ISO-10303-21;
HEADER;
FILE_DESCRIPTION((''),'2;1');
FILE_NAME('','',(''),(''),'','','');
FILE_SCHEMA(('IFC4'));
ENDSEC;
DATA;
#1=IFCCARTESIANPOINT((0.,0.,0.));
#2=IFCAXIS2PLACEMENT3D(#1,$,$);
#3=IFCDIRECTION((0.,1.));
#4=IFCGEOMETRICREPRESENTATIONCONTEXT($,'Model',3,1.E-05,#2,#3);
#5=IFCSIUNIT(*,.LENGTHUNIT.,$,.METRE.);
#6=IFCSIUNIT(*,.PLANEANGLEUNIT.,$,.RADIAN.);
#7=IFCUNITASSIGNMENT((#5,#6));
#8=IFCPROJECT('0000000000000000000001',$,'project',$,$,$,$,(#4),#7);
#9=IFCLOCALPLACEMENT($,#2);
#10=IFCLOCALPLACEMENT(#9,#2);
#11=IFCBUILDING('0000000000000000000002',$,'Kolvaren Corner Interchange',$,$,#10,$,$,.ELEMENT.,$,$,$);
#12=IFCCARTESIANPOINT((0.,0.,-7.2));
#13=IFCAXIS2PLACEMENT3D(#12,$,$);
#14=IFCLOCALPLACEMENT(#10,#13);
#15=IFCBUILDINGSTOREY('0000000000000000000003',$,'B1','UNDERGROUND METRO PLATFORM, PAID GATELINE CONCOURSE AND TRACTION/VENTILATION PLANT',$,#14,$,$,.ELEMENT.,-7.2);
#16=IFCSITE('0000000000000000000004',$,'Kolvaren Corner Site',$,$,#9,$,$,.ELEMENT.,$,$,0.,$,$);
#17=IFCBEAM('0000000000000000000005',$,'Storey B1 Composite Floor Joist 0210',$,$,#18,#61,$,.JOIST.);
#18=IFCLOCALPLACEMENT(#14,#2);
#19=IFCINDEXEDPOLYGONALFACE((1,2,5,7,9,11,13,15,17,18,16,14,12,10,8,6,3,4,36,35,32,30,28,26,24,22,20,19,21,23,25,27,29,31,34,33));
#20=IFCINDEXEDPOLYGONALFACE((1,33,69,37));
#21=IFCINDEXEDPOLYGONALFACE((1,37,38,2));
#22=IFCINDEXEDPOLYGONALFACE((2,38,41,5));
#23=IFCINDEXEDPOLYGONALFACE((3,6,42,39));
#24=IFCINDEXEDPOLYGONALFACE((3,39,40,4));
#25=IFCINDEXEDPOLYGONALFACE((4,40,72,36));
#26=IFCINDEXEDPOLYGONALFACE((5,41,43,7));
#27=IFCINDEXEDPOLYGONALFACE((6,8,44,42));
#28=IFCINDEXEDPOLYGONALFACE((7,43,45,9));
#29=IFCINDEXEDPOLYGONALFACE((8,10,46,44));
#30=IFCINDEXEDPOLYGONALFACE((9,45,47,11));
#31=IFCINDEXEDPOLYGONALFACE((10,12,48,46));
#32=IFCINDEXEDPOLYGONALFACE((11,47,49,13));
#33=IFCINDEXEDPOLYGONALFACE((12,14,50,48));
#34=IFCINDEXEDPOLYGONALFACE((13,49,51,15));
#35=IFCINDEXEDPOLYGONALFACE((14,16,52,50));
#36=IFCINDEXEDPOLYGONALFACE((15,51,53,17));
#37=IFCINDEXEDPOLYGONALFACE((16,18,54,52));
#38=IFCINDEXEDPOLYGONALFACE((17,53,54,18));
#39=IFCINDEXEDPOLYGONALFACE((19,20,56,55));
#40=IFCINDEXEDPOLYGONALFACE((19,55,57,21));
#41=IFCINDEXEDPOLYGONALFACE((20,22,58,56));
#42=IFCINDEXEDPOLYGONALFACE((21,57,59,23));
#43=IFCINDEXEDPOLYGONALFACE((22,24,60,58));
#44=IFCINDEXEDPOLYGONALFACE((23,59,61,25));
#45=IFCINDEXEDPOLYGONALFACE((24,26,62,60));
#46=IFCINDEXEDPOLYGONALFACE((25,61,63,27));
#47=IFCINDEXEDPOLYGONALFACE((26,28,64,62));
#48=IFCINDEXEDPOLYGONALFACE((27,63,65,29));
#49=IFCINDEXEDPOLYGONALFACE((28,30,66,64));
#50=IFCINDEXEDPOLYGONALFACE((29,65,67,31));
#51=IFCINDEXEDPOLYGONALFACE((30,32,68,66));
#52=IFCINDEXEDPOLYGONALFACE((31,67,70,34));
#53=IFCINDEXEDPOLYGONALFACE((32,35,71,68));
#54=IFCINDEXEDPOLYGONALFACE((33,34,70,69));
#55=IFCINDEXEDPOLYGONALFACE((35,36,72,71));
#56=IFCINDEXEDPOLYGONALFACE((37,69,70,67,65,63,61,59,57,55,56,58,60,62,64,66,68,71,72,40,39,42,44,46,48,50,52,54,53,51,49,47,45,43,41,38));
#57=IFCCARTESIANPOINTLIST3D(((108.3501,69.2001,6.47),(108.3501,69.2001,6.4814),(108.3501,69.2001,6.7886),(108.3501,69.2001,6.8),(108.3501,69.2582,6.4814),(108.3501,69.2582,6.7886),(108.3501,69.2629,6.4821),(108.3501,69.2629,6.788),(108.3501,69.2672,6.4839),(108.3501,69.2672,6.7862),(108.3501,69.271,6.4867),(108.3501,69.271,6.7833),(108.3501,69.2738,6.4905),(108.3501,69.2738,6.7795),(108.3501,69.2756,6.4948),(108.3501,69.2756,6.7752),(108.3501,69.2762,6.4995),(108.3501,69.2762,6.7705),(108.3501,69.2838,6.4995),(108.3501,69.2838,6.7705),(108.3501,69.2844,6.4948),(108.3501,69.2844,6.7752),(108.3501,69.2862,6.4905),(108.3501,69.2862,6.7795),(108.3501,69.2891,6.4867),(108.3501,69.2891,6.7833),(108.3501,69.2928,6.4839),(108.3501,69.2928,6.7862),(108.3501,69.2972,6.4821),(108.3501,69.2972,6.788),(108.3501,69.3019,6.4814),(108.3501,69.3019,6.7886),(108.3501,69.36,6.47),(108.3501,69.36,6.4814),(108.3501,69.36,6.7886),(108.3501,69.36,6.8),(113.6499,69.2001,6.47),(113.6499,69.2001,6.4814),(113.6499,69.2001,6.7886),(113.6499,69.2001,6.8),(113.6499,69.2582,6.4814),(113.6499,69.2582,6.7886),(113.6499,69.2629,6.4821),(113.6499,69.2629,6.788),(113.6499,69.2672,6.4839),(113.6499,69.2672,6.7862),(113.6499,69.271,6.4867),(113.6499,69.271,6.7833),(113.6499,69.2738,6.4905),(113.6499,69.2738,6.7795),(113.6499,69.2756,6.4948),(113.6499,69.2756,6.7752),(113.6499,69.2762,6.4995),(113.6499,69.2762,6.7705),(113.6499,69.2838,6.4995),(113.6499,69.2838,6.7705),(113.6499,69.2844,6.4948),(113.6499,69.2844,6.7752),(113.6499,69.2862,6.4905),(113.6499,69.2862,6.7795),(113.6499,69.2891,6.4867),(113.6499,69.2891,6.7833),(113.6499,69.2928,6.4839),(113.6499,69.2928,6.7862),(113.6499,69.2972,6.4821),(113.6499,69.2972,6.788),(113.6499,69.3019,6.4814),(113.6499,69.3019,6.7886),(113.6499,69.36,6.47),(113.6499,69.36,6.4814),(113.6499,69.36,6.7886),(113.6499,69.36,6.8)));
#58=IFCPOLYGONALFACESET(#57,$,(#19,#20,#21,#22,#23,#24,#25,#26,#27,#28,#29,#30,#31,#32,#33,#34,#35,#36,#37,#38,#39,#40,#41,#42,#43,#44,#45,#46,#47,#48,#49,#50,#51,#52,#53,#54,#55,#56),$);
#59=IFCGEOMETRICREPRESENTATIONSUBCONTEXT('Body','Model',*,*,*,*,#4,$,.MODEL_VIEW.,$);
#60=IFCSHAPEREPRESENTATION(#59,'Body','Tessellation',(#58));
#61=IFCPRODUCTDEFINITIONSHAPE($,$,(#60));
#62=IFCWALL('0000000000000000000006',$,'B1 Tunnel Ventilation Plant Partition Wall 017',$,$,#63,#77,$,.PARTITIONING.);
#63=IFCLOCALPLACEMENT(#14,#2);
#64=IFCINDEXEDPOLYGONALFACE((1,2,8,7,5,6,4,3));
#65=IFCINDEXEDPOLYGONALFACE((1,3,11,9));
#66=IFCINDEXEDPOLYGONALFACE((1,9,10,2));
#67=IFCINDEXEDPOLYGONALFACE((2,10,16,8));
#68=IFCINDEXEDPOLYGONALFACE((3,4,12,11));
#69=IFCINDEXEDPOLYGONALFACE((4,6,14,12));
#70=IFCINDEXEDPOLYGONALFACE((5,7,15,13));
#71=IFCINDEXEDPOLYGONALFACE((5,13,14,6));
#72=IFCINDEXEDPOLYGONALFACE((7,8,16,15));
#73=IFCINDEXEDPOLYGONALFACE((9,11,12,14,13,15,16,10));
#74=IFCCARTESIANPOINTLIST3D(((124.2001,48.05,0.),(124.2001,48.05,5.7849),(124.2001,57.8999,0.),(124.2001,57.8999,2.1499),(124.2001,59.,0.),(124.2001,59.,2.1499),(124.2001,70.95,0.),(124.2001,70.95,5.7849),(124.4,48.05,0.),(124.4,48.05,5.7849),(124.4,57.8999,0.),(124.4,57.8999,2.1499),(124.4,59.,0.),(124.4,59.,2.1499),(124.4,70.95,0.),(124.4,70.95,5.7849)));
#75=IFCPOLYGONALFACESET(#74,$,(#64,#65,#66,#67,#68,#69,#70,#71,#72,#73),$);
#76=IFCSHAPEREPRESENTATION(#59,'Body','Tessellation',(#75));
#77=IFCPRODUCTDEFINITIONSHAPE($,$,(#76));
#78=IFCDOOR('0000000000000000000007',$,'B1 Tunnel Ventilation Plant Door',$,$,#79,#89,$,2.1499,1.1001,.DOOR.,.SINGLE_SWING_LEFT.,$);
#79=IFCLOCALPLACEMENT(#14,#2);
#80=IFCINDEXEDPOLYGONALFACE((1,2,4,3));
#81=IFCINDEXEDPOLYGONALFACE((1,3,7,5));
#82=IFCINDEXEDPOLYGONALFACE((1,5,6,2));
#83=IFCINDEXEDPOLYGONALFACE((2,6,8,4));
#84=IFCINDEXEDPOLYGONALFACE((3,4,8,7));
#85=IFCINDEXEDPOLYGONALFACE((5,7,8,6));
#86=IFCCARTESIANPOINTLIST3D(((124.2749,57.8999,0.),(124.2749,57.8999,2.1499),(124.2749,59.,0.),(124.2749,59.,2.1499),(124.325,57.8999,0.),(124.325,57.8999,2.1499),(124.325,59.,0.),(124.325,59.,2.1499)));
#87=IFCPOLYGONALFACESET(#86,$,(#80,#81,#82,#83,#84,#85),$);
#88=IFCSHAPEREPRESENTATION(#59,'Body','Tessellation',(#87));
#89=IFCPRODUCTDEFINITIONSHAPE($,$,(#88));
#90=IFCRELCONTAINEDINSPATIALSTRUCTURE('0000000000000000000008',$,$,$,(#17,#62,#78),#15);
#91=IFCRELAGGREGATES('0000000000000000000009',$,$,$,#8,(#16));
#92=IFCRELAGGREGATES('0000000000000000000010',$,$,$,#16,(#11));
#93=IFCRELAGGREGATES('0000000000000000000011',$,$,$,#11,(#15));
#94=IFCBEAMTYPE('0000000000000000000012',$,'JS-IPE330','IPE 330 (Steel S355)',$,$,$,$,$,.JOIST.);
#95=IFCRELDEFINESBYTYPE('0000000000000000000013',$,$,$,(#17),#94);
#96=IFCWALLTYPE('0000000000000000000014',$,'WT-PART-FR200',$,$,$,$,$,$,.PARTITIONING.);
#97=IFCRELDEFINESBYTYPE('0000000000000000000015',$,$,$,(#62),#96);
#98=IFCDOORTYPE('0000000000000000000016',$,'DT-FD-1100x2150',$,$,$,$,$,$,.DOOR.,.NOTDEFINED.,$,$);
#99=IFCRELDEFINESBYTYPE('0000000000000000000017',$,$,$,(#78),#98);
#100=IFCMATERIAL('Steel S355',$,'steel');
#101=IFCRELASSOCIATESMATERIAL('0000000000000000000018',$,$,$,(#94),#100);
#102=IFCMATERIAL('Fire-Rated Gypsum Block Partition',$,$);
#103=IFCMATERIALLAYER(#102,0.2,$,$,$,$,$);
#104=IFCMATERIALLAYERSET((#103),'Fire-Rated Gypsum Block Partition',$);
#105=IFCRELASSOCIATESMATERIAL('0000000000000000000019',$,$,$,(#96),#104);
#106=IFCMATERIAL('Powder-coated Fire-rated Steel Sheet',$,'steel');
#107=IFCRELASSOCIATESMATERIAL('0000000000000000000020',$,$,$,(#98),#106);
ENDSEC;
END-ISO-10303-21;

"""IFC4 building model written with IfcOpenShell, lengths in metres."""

from ifc_helpers import new_model, si_unit, direction, frame, frame_2d, origin, origin_2d, place, context, subcontext, project, spatial, rectangle, i_section, extrude, material, layer, layer_set, material_profile, profile_set, type_object, element, fill, save


model = new_model("IFC4")

# Units and contexts
model_context = context("Model", 3, precision=1e-05, world=origin(), true_north=direction((0.0, 1.0)))
body_context = subcontext(model_context, "Body", "Model", "MODEL_VIEW")
ifc_project = project(units=[si_unit("LENGTHUNIT", "METRE"), si_unit("PLANEANGLEUNIT", "RADIAN")], contexts=[model_context])

# Site, building, storey
site_placement = place(None, origin())
site = spatial("IfcSite", under=ifc_project, at=site_placement, Name="Kolvaren Corner Site", CompositionType="ELEMENT", RefElevation=0.0)
building_placement = place(site_placement, origin())
building = spatial("IfcBuilding", under=site, at=building_placement, Name="Kolvaren Corner Interchange", CompositionType="ELEMENT")
storey_placement = place(building_placement, frame((0.0, 0.0, -7.2)))
storey = spatial("IfcBuildingStorey", under=building, at=storey_placement, Name="B1", Description="UNDERGROUND METRO PLATFORM, PAID GATELINE CONCOURSE AND TRACTION/VENTILATION PLANT", CompositionType="ELEMENT", Elevation=-7.2)

# Beam
ifc_material_1 = material(Name="Steel S355", Category="steel")
ifc_material_profile_1 = material_profile(ifc_material_1, i_section(OverallWidth=0.1599, OverallDepth=0.3301, WebThickness=0.0076, FlangeThickness=0.0115, FilletRadius=0.0181, at=origin_2d()), Name="IPE 330")
ifc_profile_set_1 = profile_set([ifc_material_profile_1], Name="Steel S355")
beam_type_1 = type_object("IfcBeamType", Name="JS-IPE330", Description="IPE 330 (Steel S355)", PredefinedType="JOIST", material=ifc_profile_set_1)
for number, where, z_axis, x_axis, name in (
    (1, (108.3501, 69.28, 6.635), (1.0, 0.0, 0.0), (0.0, 1.0, 0.0), "Storey B1 Composite Floor Joist 0210"),
):
    element("IfcBeam", number, at=place(storey_placement, frame(where, z_axis=z_axis, x_axis=x_axis)), inside=storey, type_object=beam_type_1, Name=name, PredefinedType="JOIST", context=body_context, shape_type="SweptSolid", body=[
        extrude(i_section(OverallWidth=0.1599, OverallDepth=0.3301, WebThickness=0.0076, FlangeThickness=0.0115, FilletRadius=0.0181, at=origin_2d()), origin(), (0.0, 0.0, 1.0), 5.2998),
    ])

# Wall, opening, door
ifc_material_2 = material(Name="Fire-Rated Gypsum Block Partition")
ifc_layer_1 = layer(ifc_material_2, 0.2)
ifc_layer_set_1 = layer_set([ifc_layer_1], Name="Fire-Rated Gypsum Block Partition")
wall_type_1 = type_object("IfcWallType", Name="WT-PART-FR200", PredefinedType="PARTITIONING", material=ifc_layer_set_1)
wall_1_placement = place(storey_placement, frame((124.3, 70.95, 0.0), z_axis=(0.0, 0.0, 1.0), x_axis=(0.0, -1.0, 0.0)))
wall_1 = element("IfcWall", 2, at=wall_1_placement, inside=storey, type_object=wall_type_1, Name="B1 Tunnel Ventilation Plant Partition Wall 017", PredefinedType="PARTITIONING", context=body_context, shape_type="SweptSolid", body=[
    extrude(rectangle(XDim=22.8999, YDim=0.2, at=frame_2d((11.45, 0.0))), origin(), (0.0, 0.0, 1.0), 5.7849),
])
opening_1_placement = place(wall_1_placement, frame((11.95, 0.0, 0.0)))
opening_1 = element("IfcOpeningElement", 3, at=opening_1_placement, cuts=wall_1, PredefinedType="OPENING", context=body_context, shape_type="SweptSolid", body=[
    extrude(rectangle(XDim=1.1001, YDim=2.1499, at=frame_2d((0.55, 1.075))), frame((0.0, 0.1099, 0.0), z_axis=(0.0, -1.0, 0.0), x_axis=(1.0, 0.0, 0.0)), (0.0, 0.0, 1.0), 0.22),
])
ifc_material_3 = material(Name="Powder-coated Fire-rated Steel Sheet", Category="steel")
door_type_1 = type_object("IfcDoorType", Name="DT-FD-1100x2150", OperationType="NOTDEFINED", PredefinedType="DOOR", material=ifc_material_3)
door_1_placement = place(opening_1_placement, origin())
door_1 = element("IfcDoor", 4, at=door_1_placement, inside=storey, type_object=door_type_1, Name="B1 Tunnel Ventilation Plant Door", OperationType="SINGLE_SWING_LEFT", OverallHeight=2.1499, OverallWidth=1.1001, PredefinedType="DOOR", context=body_context, shape_type="SweptSolid", body=[
    extrude(rectangle(XDim=1.1001, YDim=2.1499, at=frame_2d((0.55, 1.075))), frame((0.0, 0.0249, 0.0), z_axis=(0.0, -1.0, 0.0), x_axis=(1.0, 0.0, 0.0)), (0.0, 0.0, 1.0), 0.05),
])
fill(opening_1, door_1)

save(model, "model.ifc")
